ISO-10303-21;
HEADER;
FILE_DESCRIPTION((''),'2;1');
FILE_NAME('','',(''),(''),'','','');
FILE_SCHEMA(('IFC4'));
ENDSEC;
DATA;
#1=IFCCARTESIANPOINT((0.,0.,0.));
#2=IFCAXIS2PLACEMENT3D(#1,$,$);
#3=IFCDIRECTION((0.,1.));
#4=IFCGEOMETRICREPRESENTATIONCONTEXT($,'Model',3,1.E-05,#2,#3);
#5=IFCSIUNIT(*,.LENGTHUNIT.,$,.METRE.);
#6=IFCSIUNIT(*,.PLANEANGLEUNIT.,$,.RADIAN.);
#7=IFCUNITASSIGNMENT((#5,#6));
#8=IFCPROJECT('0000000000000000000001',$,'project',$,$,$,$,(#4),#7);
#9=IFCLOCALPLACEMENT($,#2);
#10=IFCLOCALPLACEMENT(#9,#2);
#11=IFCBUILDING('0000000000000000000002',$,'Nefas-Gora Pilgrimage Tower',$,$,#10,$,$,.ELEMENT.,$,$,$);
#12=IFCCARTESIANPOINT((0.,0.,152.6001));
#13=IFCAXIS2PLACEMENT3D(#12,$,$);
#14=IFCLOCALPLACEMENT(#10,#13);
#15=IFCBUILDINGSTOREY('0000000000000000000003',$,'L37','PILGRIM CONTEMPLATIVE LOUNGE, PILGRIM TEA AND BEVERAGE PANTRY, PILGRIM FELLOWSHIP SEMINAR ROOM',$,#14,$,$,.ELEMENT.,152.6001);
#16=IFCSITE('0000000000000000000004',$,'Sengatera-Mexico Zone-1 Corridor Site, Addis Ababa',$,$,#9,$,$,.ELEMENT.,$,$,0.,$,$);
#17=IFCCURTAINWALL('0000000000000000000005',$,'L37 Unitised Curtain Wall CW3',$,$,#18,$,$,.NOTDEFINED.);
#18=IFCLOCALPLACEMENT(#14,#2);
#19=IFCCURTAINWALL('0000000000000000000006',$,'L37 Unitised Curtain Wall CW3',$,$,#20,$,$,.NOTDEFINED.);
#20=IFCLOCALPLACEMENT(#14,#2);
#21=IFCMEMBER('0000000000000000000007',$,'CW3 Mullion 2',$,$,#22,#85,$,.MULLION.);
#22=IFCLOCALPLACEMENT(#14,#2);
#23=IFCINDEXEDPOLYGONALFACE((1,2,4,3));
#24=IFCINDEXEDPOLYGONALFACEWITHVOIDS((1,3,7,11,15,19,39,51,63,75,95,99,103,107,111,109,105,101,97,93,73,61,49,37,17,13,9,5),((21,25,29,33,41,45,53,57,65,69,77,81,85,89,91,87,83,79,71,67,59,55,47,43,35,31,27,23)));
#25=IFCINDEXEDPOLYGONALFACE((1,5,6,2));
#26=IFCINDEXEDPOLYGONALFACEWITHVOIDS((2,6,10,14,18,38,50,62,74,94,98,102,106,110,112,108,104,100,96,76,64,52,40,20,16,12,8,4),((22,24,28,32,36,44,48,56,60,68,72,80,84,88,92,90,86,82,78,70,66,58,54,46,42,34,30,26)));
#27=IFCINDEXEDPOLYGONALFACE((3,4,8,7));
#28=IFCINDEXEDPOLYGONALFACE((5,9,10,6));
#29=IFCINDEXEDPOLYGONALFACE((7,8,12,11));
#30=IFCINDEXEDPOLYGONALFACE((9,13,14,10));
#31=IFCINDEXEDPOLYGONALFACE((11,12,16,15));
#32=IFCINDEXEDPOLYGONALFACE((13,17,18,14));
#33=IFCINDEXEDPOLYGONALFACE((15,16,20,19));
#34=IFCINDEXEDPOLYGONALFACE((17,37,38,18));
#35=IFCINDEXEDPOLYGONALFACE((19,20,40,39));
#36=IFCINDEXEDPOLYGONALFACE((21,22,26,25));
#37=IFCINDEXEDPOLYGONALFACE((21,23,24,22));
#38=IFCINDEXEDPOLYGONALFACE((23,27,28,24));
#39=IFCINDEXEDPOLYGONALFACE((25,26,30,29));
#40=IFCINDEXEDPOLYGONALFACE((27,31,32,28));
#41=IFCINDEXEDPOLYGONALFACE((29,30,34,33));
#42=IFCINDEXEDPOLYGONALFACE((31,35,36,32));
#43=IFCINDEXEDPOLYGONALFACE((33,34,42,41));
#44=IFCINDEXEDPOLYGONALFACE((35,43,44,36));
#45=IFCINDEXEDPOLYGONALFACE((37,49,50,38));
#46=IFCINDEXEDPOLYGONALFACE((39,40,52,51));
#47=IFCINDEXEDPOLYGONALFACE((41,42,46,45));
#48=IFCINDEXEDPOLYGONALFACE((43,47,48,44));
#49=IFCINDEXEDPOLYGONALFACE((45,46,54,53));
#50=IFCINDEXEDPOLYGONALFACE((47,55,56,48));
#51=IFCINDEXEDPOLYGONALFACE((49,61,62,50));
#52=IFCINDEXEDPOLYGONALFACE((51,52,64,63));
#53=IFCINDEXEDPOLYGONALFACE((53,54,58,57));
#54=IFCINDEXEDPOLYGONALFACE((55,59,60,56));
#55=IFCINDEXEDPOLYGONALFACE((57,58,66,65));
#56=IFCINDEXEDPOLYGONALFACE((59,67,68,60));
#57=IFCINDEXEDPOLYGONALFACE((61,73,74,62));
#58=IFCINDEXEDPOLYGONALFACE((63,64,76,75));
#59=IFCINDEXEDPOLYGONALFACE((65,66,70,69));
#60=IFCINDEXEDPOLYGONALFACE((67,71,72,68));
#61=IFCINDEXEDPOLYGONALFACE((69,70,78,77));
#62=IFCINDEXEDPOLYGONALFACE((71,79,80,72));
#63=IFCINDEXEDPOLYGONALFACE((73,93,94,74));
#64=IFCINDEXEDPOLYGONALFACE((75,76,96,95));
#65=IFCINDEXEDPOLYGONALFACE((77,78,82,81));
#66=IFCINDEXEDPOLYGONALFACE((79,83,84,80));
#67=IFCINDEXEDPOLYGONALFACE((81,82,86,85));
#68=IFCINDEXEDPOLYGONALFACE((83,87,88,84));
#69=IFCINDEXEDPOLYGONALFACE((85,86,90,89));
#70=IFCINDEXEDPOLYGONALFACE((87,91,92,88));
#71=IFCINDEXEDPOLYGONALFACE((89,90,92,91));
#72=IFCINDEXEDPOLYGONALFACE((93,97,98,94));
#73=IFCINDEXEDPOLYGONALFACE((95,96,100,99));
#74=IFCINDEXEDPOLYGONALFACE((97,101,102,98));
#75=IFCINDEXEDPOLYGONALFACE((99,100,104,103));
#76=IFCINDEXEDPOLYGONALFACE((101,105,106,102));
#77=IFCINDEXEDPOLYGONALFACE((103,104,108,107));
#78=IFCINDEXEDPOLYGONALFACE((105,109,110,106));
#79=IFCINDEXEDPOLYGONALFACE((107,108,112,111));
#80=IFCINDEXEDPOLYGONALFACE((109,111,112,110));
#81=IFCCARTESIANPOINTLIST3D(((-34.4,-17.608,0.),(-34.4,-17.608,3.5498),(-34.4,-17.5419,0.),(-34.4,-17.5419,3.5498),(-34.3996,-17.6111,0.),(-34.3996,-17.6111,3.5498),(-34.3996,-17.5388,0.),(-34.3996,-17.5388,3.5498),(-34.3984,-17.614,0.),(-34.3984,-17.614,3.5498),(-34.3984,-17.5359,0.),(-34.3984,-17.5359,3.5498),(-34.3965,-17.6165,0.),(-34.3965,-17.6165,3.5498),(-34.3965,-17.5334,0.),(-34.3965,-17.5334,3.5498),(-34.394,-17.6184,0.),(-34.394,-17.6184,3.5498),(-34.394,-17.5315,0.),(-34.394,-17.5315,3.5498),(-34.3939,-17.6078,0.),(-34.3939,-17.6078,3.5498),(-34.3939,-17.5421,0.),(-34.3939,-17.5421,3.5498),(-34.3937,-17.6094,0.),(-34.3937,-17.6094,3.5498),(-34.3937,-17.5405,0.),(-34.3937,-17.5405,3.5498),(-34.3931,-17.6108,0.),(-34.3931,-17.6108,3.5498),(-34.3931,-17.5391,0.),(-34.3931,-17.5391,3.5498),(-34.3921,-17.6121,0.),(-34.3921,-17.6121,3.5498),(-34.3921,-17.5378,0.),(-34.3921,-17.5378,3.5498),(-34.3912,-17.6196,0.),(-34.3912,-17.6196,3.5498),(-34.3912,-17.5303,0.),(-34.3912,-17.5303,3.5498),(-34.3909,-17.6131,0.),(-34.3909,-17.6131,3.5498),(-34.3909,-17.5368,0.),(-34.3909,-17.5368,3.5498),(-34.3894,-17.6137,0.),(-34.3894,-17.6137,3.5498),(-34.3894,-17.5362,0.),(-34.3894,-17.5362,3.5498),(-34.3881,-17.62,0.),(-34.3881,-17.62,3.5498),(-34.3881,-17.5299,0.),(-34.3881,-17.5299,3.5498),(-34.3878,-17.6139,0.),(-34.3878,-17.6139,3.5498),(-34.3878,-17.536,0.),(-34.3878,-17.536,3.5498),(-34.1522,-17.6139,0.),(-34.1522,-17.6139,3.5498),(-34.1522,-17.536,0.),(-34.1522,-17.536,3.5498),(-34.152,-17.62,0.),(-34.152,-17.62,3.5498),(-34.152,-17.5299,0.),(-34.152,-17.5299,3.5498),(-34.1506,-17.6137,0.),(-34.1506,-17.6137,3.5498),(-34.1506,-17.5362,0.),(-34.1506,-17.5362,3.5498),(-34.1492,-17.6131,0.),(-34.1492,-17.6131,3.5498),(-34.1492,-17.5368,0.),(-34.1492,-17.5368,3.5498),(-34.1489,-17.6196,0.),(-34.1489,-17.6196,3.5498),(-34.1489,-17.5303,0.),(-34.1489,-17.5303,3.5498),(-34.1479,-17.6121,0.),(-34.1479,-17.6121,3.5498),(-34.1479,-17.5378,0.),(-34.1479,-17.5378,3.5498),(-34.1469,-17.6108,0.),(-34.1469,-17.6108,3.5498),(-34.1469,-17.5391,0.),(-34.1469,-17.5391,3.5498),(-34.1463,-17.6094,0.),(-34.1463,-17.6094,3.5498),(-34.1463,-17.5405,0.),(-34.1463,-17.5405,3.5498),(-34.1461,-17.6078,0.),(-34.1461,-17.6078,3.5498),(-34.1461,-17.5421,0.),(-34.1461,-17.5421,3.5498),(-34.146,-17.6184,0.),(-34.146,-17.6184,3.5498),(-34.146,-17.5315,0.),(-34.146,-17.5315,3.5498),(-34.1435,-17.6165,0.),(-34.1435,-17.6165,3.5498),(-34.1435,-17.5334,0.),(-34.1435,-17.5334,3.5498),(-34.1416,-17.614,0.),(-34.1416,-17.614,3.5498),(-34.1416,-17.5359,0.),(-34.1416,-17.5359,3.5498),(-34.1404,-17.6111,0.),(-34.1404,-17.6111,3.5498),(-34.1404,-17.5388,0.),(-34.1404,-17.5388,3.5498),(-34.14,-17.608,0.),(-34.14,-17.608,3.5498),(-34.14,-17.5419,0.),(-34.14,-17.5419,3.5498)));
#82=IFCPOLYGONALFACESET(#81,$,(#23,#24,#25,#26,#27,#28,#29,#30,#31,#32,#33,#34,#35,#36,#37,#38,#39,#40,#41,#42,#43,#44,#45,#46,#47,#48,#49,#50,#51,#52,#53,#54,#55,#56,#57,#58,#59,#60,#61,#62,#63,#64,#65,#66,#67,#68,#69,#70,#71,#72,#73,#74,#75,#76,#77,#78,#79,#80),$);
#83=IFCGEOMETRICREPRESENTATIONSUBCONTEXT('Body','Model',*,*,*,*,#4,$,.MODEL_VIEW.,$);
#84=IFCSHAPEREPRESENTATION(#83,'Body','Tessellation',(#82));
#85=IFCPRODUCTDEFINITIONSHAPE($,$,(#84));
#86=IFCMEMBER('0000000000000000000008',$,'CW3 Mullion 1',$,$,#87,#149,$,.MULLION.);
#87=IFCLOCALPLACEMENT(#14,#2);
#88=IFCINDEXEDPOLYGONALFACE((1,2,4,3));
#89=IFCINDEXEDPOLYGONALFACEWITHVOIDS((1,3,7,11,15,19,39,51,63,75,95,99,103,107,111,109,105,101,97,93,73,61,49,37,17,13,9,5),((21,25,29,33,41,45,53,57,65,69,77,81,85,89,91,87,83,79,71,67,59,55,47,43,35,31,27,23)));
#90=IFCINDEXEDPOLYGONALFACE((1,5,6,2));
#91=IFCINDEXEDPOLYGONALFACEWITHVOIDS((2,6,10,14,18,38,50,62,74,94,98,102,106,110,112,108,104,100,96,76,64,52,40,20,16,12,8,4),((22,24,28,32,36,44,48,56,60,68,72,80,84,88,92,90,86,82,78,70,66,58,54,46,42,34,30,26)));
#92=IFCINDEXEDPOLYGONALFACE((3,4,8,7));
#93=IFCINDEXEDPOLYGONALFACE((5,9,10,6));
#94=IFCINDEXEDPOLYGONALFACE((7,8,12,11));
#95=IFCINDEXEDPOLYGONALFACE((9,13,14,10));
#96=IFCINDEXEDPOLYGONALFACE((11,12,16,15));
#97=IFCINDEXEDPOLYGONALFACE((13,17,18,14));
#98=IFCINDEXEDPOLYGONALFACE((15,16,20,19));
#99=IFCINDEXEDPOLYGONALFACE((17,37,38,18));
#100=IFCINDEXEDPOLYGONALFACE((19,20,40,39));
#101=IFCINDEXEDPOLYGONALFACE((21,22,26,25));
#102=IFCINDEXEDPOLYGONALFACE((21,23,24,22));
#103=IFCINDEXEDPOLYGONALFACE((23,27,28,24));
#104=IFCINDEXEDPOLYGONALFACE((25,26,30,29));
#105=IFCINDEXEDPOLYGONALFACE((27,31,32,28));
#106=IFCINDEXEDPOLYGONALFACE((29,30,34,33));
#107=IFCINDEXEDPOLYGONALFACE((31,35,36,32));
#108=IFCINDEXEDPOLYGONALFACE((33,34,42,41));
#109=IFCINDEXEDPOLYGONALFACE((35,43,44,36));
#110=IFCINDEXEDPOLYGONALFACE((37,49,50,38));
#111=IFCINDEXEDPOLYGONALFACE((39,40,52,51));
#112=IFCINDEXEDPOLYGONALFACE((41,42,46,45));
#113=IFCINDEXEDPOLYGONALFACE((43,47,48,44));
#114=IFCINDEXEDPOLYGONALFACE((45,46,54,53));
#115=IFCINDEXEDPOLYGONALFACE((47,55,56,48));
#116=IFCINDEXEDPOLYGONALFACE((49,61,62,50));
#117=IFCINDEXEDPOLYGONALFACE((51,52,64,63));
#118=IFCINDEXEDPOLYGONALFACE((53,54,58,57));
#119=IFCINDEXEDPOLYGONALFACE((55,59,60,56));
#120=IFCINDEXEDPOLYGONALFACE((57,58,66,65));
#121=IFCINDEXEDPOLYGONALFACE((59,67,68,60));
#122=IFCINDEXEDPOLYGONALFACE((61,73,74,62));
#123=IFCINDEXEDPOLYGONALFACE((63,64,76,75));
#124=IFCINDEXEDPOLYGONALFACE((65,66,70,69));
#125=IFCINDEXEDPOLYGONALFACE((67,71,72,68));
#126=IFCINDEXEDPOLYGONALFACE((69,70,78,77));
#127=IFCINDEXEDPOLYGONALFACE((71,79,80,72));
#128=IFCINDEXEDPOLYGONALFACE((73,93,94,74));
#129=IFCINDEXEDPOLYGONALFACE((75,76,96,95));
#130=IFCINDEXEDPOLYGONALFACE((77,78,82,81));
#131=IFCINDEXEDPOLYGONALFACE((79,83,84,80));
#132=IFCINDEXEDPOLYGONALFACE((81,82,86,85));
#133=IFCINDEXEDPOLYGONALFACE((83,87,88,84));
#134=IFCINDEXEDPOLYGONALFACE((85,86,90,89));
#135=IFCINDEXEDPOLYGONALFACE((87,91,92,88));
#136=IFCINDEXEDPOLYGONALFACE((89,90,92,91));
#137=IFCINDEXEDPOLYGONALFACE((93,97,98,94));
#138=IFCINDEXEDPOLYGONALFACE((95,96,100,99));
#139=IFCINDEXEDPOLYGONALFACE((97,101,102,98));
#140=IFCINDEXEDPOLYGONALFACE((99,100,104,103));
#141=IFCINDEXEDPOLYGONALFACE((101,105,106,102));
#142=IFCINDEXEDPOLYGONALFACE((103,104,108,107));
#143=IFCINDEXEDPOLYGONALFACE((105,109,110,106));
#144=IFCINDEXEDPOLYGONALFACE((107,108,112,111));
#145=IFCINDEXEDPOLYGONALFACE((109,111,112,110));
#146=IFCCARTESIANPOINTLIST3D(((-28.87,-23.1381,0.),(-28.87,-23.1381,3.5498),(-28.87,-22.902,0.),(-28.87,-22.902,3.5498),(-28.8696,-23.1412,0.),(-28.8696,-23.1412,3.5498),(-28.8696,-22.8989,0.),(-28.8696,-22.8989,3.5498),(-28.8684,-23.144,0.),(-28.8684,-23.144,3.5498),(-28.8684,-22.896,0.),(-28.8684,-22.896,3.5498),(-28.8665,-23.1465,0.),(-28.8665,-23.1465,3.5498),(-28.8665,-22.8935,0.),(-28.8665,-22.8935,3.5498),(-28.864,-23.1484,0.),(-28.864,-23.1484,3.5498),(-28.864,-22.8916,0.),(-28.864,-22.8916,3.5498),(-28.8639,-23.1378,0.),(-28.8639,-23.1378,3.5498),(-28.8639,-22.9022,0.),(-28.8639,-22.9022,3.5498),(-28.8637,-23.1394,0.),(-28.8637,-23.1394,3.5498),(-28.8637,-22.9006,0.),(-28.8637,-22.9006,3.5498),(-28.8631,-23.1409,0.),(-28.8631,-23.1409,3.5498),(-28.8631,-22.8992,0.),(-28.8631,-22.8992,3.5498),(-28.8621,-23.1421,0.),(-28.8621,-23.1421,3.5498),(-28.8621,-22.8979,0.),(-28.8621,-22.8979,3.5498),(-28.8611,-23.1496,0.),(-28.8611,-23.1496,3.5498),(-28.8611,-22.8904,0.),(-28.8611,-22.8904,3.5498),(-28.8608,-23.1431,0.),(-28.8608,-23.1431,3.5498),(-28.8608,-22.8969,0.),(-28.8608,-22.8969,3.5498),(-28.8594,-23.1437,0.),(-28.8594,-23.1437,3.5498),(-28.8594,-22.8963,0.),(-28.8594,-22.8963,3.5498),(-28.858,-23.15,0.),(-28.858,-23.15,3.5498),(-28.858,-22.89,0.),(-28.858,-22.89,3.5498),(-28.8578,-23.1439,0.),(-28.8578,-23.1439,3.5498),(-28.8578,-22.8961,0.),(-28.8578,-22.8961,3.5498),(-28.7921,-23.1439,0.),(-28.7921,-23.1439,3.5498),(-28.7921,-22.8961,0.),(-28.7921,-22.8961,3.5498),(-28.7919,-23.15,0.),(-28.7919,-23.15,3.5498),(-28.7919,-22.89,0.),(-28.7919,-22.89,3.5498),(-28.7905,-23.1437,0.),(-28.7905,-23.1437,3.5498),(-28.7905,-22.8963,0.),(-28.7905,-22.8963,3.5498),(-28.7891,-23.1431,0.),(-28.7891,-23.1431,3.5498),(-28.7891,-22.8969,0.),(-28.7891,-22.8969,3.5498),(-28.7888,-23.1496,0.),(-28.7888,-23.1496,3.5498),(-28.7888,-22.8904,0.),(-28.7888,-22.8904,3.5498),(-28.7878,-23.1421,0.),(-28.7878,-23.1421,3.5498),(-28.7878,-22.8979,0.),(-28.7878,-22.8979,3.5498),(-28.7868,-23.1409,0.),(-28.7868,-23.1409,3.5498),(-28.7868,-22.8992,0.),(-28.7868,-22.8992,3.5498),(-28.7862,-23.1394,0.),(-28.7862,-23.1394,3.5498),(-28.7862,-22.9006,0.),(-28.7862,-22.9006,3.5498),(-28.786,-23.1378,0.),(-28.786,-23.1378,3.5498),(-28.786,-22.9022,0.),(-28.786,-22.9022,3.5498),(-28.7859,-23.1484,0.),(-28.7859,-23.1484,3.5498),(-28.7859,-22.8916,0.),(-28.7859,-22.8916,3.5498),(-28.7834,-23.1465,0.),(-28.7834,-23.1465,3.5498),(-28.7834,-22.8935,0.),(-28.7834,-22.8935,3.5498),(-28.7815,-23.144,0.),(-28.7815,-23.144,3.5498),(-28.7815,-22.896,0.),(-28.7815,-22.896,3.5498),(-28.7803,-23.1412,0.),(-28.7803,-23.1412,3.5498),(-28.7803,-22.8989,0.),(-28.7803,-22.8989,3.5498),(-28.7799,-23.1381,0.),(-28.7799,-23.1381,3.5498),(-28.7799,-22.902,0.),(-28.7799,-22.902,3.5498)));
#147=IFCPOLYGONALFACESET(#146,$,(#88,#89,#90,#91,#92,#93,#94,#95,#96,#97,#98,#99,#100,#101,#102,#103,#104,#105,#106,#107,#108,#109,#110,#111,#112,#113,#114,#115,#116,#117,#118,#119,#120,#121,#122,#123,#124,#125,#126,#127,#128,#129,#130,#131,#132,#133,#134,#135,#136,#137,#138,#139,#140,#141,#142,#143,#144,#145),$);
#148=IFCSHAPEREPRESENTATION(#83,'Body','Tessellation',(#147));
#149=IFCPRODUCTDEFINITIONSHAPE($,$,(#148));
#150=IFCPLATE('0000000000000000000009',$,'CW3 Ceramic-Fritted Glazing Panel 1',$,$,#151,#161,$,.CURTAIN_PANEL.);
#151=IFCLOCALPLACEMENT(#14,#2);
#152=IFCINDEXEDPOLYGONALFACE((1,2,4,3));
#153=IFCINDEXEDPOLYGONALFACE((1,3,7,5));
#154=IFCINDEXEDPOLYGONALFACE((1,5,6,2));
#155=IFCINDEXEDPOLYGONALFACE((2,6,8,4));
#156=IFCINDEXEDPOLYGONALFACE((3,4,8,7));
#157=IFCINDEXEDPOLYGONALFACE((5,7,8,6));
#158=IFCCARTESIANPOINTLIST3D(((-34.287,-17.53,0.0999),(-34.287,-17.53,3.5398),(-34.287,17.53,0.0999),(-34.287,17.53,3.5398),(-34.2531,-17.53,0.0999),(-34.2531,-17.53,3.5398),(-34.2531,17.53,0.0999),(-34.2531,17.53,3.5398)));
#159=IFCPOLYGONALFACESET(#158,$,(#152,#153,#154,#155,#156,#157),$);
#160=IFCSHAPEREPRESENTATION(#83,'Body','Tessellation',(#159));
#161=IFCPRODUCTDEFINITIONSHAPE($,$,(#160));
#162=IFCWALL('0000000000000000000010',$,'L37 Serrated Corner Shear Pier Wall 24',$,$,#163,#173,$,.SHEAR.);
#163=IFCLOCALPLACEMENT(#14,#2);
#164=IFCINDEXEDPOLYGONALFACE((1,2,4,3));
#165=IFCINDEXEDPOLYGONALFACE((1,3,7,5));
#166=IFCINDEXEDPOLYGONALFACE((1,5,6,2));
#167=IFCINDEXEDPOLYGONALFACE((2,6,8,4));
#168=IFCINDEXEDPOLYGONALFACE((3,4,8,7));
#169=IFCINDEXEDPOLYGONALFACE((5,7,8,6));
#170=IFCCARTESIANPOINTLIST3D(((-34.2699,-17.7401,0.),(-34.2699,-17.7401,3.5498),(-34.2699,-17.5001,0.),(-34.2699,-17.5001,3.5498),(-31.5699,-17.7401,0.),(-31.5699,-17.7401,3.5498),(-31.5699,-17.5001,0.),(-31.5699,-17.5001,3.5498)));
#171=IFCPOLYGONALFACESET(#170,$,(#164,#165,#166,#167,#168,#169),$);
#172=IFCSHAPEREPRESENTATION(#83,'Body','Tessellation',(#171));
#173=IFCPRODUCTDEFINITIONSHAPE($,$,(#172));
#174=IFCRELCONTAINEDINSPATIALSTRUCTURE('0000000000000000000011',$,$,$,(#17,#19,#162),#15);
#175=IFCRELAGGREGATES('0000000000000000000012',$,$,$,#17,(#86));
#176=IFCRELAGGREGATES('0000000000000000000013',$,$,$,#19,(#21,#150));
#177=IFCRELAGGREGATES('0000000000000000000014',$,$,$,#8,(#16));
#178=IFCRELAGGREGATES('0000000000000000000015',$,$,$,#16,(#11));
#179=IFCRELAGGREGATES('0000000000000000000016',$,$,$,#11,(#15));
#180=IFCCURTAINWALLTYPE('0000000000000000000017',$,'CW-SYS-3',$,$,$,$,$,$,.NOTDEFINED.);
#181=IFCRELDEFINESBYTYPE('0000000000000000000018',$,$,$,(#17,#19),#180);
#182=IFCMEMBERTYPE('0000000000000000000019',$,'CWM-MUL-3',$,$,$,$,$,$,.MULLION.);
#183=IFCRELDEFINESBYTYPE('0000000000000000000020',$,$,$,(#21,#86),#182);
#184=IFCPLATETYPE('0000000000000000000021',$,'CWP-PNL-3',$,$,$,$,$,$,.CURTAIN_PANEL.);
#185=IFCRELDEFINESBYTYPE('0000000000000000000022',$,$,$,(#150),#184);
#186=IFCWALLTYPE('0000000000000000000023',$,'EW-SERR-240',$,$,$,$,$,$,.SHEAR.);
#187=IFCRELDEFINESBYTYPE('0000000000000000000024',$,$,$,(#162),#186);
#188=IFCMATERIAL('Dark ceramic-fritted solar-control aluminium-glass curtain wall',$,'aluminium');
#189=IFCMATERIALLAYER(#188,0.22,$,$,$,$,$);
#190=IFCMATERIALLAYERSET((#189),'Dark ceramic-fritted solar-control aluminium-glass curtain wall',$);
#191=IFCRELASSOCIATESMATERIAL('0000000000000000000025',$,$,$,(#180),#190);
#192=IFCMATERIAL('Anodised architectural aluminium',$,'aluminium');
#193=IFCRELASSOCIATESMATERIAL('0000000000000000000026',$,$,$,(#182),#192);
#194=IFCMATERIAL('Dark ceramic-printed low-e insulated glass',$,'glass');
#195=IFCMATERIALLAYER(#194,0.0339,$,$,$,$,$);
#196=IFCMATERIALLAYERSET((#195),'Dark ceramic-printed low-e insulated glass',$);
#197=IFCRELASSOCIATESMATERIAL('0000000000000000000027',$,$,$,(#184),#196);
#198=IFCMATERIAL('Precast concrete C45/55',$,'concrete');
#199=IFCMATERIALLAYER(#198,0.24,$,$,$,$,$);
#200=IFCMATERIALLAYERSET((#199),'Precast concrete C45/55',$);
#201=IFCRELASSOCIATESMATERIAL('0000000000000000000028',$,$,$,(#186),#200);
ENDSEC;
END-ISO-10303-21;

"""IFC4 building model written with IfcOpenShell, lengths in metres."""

from ifc_helpers import new_model, si_unit, direction, frame, frame_2d, origin, origin_2d, place, context, subcontext, project, spatial, rectangle, hollow_rectangle, extrude, source, transform, mapped, material, layer, layer_set, material_profile, profile_set, type_object, element, aggregate, save


model = new_model("IFC4")

# Units and contexts
model_context = context("Model", 3, precision=1e-05, world=origin(), true_north=direction((0.0, 1.0)))
body_context = subcontext(model_context, "Body", "Model", "MODEL_VIEW")
ifc_project = project(units=[si_unit("LENGTHUNIT", "METRE"), si_unit("PLANEANGLEUNIT", "RADIAN")], contexts=[model_context])

# Site, building, storey
site_placement = place(None, origin())
site = spatial("IfcSite", under=ifc_project, at=site_placement, Name="Sengatera-Mexico Zone-1 Corridor Site, Addis Ababa", CompositionType="ELEMENT", RefElevation=0.0)
building_placement = place(site_placement, origin())
building = spatial("IfcBuilding", under=site, at=building_placement, Name="Nefas-Gora Pilgrimage Tower", CompositionType="ELEMENT")
storey_placement = place(building_placement, frame((0.0, 0.0, 152.6001)))
storey = spatial("IfcBuildingStorey", under=building, at=storey_placement, Name="L37", Description="PILGRIM CONTEMPLATIVE LOUNGE, PILGRIM TEA AND BEVERAGE PANTRY, PILGRIM FELLOWSHIP SEMINAR ROOM", CompositionType="ELEMENT", Elevation=152.6001)

# Curtain walls, member
ifc_material_1 = material(Name="Dark ceramic-fritted solar-control aluminium-glass curtain wall", Category="aluminium")
ifc_layer_1 = layer(ifc_material_1, 0.22)
ifc_layer_set_1 = layer_set([ifc_layer_1], Name="Dark ceramic-fritted solar-control aluminium-glass curtain wall")
curtain_wall_type = type_object("IfcCurtainWallType", Name="CW-SYS-3", PredefinedType="NOTDEFINED", material=ifc_layer_set_1)
curtain_wall_1_placement = place(storey_placement, origin())
curtain_wall_1 = element("IfcCurtainWall", 1, at=curtain_wall_1_placement, inside=storey, type_object=curtain_wall_type, Name="L37 Unitised Curtain Wall CW3", PredefinedType="NOTDEFINED")
ifc_material_2 = material(Name="Anodised architectural aluminium", Category="aluminium")
curtain_wall_2_placement = place(storey_placement, origin())
curtain_wall_2 = element("IfcCurtainWall", 2, at=curtain_wall_2_placement, inside=storey, type_object=curtain_wall_type, Name="L37 Unitised Curtain Wall CW3", PredefinedType="NOTDEFINED")
ifc_material_profile_1 = material_profile(ifc_material_2, hollow_rectangle(XDim=0.0901, YDim=0.26, WallThickness=0.0061, InnerFilletRadius=0.0061, OuterFilletRadius=0.012, at=origin_2d()), Name="ALU MULLION 90x260")
ifc_profile_set_1 = profile_set([ifc_material_profile_1], Name="Anodised architectural aluminium")
member_type_1 = type_object("IfcMemberType", Name="CWM-MUL-3", PredefinedType="MULLION", material=ifc_profile_set_1)
shared_shape_1 = source(origin(), body_context, "Body", "SweptSolid", [
    extrude(hollow_rectangle(XDim=0.0901, YDim=0.26, WallThickness=0.0061, InnerFilletRadius=0.0061, OuterFilletRadius=0.012, at=origin_2d()), origin(), (0.0, 0.0, 1.0), 3.5498),
])
member_1_placement = place(storey_placement, frame((-34.27, -17.575, 0.0), z_axis=(0.0, 0.0, 1.0), x_axis=(0.0, -1.0, 0.0)))
member_1 = element("IfcMember", 3, at=member_1_placement, type_object=member_type_1, Name="CW3 Mullion 2", PredefinedType="MULLION", context=body_context, shape_type="MappedRepresentation", body=[
    mapped(shared_shape_1, transform((0.0, 0.0, 0.0), x_axis=(1.0, 0.0, 0.0), y_axis=(0.0, 1.0, 0.0), z_axis=(0.0, 0.0, 1.0), scale=1.0)),
])

# Member
member_2_placement = place(storey_placement, frame((-28.825, -23.02, 0.0), z_axis=(0.0, 0.0, 1.0), x_axis=(1.0, 0.0, 0.0)))
member_2 = element("IfcMember", 4, at=member_2_placement, type_object=member_type_1, Name="CW3 Mullion 1", PredefinedType="MULLION", context=body_context, shape_type="MappedRepresentation", body=[
    mapped(shared_shape_1, transform((0.0, 0.0, 0.0), x_axis=(1.0, 0.0, 0.0), y_axis=(0.0, 1.0, 0.0), z_axis=(0.0, 0.0, 1.0), scale=1.0)),
])
aggregate(curtain_wall_1, [member_2])

# Plate
ifc_material_3 = material(Name="Dark ceramic-printed low-e insulated glass", Category="glass")
ifc_layer_2 = layer(ifc_material_3, 0.0339)
ifc_layer_set_2 = layer_set([ifc_layer_2], Name="Dark ceramic-printed low-e insulated glass")
plate_type = type_object("IfcPlateType", Name="CWP-PNL-3", PredefinedType="CURTAIN_PANEL", material=ifc_layer_set_2)
shared_shape_2 = source(origin(), body_context, "Body", "SweptSolid", [
    extrude(rectangle(XDim=35.0601, YDim=0.0339, at=origin_2d()), origin(), (0.0, 0.0, 1.0), 3.4399),
])
plate_placement = place(storey_placement, frame((-34.27, 0.0, 0.0999), z_axis=(0.0, 0.0, 1.0), x_axis=(0.0, -1.0, 0.0)))
plate = element("IfcPlate", 5, at=plate_placement, type_object=plate_type, Name="CW3 Ceramic-Fritted Glazing Panel 1", PredefinedType="CURTAIN_PANEL", context=body_context, shape_type="MappedRepresentation", body=[
    mapped(shared_shape_2, transform((0.0, 0.0, 0.0), x_axis=(1.0, 0.0, 0.0), y_axis=(0.0, 1.0, 0.0), z_axis=(0.0, 0.0, 1.0), scale=1.0)),
])
aggregate(curtain_wall_2, [member_1, plate])

# Wall
ifc_material_4 = material(Name="Precast concrete C45/55", Category="concrete")
ifc_layer_3 = layer(ifc_material_4, 0.24)
ifc_layer_set_3 = layer_set([ifc_layer_3], Name="Precast concrete C45/55")
wall_type_1 = type_object("IfcWallType", Name="EW-SERR-240", PredefinedType="SHEAR", material=ifc_layer_set_3)
shared_shape_3 = source(origin(), body_context, "Body", "SweptSolid", [
    extrude(rectangle(XDim=2.7, YDim=0.24, at=frame_2d((1.3501, 0.0))), origin(), (0.0, 0.0, 1.0), 3.5498),
])
wall_1_placement = place(storey_placement, frame((-34.27, -17.6201, 0.0), z_axis=(0.0, 0.0, 1.0), x_axis=(1.0, 0.0, 0.0)))
element("IfcWall", 6, at=wall_1_placement, inside=storey, type_object=wall_type_1, Name="L37 Serrated Corner Shear Pier Wall 24", PredefinedType="SHEAR", context=body_context, shape_type="MappedRepresentation", body=[
    mapped(shared_shape_3, transform((0.0, 0.0, 0.0), x_axis=(1.0, 0.0, 0.0), y_axis=(0.0, 1.0, 0.0), z_axis=(0.0, 0.0, 1.0), scale=1.0)),
])

save(model, "model.ifc")
